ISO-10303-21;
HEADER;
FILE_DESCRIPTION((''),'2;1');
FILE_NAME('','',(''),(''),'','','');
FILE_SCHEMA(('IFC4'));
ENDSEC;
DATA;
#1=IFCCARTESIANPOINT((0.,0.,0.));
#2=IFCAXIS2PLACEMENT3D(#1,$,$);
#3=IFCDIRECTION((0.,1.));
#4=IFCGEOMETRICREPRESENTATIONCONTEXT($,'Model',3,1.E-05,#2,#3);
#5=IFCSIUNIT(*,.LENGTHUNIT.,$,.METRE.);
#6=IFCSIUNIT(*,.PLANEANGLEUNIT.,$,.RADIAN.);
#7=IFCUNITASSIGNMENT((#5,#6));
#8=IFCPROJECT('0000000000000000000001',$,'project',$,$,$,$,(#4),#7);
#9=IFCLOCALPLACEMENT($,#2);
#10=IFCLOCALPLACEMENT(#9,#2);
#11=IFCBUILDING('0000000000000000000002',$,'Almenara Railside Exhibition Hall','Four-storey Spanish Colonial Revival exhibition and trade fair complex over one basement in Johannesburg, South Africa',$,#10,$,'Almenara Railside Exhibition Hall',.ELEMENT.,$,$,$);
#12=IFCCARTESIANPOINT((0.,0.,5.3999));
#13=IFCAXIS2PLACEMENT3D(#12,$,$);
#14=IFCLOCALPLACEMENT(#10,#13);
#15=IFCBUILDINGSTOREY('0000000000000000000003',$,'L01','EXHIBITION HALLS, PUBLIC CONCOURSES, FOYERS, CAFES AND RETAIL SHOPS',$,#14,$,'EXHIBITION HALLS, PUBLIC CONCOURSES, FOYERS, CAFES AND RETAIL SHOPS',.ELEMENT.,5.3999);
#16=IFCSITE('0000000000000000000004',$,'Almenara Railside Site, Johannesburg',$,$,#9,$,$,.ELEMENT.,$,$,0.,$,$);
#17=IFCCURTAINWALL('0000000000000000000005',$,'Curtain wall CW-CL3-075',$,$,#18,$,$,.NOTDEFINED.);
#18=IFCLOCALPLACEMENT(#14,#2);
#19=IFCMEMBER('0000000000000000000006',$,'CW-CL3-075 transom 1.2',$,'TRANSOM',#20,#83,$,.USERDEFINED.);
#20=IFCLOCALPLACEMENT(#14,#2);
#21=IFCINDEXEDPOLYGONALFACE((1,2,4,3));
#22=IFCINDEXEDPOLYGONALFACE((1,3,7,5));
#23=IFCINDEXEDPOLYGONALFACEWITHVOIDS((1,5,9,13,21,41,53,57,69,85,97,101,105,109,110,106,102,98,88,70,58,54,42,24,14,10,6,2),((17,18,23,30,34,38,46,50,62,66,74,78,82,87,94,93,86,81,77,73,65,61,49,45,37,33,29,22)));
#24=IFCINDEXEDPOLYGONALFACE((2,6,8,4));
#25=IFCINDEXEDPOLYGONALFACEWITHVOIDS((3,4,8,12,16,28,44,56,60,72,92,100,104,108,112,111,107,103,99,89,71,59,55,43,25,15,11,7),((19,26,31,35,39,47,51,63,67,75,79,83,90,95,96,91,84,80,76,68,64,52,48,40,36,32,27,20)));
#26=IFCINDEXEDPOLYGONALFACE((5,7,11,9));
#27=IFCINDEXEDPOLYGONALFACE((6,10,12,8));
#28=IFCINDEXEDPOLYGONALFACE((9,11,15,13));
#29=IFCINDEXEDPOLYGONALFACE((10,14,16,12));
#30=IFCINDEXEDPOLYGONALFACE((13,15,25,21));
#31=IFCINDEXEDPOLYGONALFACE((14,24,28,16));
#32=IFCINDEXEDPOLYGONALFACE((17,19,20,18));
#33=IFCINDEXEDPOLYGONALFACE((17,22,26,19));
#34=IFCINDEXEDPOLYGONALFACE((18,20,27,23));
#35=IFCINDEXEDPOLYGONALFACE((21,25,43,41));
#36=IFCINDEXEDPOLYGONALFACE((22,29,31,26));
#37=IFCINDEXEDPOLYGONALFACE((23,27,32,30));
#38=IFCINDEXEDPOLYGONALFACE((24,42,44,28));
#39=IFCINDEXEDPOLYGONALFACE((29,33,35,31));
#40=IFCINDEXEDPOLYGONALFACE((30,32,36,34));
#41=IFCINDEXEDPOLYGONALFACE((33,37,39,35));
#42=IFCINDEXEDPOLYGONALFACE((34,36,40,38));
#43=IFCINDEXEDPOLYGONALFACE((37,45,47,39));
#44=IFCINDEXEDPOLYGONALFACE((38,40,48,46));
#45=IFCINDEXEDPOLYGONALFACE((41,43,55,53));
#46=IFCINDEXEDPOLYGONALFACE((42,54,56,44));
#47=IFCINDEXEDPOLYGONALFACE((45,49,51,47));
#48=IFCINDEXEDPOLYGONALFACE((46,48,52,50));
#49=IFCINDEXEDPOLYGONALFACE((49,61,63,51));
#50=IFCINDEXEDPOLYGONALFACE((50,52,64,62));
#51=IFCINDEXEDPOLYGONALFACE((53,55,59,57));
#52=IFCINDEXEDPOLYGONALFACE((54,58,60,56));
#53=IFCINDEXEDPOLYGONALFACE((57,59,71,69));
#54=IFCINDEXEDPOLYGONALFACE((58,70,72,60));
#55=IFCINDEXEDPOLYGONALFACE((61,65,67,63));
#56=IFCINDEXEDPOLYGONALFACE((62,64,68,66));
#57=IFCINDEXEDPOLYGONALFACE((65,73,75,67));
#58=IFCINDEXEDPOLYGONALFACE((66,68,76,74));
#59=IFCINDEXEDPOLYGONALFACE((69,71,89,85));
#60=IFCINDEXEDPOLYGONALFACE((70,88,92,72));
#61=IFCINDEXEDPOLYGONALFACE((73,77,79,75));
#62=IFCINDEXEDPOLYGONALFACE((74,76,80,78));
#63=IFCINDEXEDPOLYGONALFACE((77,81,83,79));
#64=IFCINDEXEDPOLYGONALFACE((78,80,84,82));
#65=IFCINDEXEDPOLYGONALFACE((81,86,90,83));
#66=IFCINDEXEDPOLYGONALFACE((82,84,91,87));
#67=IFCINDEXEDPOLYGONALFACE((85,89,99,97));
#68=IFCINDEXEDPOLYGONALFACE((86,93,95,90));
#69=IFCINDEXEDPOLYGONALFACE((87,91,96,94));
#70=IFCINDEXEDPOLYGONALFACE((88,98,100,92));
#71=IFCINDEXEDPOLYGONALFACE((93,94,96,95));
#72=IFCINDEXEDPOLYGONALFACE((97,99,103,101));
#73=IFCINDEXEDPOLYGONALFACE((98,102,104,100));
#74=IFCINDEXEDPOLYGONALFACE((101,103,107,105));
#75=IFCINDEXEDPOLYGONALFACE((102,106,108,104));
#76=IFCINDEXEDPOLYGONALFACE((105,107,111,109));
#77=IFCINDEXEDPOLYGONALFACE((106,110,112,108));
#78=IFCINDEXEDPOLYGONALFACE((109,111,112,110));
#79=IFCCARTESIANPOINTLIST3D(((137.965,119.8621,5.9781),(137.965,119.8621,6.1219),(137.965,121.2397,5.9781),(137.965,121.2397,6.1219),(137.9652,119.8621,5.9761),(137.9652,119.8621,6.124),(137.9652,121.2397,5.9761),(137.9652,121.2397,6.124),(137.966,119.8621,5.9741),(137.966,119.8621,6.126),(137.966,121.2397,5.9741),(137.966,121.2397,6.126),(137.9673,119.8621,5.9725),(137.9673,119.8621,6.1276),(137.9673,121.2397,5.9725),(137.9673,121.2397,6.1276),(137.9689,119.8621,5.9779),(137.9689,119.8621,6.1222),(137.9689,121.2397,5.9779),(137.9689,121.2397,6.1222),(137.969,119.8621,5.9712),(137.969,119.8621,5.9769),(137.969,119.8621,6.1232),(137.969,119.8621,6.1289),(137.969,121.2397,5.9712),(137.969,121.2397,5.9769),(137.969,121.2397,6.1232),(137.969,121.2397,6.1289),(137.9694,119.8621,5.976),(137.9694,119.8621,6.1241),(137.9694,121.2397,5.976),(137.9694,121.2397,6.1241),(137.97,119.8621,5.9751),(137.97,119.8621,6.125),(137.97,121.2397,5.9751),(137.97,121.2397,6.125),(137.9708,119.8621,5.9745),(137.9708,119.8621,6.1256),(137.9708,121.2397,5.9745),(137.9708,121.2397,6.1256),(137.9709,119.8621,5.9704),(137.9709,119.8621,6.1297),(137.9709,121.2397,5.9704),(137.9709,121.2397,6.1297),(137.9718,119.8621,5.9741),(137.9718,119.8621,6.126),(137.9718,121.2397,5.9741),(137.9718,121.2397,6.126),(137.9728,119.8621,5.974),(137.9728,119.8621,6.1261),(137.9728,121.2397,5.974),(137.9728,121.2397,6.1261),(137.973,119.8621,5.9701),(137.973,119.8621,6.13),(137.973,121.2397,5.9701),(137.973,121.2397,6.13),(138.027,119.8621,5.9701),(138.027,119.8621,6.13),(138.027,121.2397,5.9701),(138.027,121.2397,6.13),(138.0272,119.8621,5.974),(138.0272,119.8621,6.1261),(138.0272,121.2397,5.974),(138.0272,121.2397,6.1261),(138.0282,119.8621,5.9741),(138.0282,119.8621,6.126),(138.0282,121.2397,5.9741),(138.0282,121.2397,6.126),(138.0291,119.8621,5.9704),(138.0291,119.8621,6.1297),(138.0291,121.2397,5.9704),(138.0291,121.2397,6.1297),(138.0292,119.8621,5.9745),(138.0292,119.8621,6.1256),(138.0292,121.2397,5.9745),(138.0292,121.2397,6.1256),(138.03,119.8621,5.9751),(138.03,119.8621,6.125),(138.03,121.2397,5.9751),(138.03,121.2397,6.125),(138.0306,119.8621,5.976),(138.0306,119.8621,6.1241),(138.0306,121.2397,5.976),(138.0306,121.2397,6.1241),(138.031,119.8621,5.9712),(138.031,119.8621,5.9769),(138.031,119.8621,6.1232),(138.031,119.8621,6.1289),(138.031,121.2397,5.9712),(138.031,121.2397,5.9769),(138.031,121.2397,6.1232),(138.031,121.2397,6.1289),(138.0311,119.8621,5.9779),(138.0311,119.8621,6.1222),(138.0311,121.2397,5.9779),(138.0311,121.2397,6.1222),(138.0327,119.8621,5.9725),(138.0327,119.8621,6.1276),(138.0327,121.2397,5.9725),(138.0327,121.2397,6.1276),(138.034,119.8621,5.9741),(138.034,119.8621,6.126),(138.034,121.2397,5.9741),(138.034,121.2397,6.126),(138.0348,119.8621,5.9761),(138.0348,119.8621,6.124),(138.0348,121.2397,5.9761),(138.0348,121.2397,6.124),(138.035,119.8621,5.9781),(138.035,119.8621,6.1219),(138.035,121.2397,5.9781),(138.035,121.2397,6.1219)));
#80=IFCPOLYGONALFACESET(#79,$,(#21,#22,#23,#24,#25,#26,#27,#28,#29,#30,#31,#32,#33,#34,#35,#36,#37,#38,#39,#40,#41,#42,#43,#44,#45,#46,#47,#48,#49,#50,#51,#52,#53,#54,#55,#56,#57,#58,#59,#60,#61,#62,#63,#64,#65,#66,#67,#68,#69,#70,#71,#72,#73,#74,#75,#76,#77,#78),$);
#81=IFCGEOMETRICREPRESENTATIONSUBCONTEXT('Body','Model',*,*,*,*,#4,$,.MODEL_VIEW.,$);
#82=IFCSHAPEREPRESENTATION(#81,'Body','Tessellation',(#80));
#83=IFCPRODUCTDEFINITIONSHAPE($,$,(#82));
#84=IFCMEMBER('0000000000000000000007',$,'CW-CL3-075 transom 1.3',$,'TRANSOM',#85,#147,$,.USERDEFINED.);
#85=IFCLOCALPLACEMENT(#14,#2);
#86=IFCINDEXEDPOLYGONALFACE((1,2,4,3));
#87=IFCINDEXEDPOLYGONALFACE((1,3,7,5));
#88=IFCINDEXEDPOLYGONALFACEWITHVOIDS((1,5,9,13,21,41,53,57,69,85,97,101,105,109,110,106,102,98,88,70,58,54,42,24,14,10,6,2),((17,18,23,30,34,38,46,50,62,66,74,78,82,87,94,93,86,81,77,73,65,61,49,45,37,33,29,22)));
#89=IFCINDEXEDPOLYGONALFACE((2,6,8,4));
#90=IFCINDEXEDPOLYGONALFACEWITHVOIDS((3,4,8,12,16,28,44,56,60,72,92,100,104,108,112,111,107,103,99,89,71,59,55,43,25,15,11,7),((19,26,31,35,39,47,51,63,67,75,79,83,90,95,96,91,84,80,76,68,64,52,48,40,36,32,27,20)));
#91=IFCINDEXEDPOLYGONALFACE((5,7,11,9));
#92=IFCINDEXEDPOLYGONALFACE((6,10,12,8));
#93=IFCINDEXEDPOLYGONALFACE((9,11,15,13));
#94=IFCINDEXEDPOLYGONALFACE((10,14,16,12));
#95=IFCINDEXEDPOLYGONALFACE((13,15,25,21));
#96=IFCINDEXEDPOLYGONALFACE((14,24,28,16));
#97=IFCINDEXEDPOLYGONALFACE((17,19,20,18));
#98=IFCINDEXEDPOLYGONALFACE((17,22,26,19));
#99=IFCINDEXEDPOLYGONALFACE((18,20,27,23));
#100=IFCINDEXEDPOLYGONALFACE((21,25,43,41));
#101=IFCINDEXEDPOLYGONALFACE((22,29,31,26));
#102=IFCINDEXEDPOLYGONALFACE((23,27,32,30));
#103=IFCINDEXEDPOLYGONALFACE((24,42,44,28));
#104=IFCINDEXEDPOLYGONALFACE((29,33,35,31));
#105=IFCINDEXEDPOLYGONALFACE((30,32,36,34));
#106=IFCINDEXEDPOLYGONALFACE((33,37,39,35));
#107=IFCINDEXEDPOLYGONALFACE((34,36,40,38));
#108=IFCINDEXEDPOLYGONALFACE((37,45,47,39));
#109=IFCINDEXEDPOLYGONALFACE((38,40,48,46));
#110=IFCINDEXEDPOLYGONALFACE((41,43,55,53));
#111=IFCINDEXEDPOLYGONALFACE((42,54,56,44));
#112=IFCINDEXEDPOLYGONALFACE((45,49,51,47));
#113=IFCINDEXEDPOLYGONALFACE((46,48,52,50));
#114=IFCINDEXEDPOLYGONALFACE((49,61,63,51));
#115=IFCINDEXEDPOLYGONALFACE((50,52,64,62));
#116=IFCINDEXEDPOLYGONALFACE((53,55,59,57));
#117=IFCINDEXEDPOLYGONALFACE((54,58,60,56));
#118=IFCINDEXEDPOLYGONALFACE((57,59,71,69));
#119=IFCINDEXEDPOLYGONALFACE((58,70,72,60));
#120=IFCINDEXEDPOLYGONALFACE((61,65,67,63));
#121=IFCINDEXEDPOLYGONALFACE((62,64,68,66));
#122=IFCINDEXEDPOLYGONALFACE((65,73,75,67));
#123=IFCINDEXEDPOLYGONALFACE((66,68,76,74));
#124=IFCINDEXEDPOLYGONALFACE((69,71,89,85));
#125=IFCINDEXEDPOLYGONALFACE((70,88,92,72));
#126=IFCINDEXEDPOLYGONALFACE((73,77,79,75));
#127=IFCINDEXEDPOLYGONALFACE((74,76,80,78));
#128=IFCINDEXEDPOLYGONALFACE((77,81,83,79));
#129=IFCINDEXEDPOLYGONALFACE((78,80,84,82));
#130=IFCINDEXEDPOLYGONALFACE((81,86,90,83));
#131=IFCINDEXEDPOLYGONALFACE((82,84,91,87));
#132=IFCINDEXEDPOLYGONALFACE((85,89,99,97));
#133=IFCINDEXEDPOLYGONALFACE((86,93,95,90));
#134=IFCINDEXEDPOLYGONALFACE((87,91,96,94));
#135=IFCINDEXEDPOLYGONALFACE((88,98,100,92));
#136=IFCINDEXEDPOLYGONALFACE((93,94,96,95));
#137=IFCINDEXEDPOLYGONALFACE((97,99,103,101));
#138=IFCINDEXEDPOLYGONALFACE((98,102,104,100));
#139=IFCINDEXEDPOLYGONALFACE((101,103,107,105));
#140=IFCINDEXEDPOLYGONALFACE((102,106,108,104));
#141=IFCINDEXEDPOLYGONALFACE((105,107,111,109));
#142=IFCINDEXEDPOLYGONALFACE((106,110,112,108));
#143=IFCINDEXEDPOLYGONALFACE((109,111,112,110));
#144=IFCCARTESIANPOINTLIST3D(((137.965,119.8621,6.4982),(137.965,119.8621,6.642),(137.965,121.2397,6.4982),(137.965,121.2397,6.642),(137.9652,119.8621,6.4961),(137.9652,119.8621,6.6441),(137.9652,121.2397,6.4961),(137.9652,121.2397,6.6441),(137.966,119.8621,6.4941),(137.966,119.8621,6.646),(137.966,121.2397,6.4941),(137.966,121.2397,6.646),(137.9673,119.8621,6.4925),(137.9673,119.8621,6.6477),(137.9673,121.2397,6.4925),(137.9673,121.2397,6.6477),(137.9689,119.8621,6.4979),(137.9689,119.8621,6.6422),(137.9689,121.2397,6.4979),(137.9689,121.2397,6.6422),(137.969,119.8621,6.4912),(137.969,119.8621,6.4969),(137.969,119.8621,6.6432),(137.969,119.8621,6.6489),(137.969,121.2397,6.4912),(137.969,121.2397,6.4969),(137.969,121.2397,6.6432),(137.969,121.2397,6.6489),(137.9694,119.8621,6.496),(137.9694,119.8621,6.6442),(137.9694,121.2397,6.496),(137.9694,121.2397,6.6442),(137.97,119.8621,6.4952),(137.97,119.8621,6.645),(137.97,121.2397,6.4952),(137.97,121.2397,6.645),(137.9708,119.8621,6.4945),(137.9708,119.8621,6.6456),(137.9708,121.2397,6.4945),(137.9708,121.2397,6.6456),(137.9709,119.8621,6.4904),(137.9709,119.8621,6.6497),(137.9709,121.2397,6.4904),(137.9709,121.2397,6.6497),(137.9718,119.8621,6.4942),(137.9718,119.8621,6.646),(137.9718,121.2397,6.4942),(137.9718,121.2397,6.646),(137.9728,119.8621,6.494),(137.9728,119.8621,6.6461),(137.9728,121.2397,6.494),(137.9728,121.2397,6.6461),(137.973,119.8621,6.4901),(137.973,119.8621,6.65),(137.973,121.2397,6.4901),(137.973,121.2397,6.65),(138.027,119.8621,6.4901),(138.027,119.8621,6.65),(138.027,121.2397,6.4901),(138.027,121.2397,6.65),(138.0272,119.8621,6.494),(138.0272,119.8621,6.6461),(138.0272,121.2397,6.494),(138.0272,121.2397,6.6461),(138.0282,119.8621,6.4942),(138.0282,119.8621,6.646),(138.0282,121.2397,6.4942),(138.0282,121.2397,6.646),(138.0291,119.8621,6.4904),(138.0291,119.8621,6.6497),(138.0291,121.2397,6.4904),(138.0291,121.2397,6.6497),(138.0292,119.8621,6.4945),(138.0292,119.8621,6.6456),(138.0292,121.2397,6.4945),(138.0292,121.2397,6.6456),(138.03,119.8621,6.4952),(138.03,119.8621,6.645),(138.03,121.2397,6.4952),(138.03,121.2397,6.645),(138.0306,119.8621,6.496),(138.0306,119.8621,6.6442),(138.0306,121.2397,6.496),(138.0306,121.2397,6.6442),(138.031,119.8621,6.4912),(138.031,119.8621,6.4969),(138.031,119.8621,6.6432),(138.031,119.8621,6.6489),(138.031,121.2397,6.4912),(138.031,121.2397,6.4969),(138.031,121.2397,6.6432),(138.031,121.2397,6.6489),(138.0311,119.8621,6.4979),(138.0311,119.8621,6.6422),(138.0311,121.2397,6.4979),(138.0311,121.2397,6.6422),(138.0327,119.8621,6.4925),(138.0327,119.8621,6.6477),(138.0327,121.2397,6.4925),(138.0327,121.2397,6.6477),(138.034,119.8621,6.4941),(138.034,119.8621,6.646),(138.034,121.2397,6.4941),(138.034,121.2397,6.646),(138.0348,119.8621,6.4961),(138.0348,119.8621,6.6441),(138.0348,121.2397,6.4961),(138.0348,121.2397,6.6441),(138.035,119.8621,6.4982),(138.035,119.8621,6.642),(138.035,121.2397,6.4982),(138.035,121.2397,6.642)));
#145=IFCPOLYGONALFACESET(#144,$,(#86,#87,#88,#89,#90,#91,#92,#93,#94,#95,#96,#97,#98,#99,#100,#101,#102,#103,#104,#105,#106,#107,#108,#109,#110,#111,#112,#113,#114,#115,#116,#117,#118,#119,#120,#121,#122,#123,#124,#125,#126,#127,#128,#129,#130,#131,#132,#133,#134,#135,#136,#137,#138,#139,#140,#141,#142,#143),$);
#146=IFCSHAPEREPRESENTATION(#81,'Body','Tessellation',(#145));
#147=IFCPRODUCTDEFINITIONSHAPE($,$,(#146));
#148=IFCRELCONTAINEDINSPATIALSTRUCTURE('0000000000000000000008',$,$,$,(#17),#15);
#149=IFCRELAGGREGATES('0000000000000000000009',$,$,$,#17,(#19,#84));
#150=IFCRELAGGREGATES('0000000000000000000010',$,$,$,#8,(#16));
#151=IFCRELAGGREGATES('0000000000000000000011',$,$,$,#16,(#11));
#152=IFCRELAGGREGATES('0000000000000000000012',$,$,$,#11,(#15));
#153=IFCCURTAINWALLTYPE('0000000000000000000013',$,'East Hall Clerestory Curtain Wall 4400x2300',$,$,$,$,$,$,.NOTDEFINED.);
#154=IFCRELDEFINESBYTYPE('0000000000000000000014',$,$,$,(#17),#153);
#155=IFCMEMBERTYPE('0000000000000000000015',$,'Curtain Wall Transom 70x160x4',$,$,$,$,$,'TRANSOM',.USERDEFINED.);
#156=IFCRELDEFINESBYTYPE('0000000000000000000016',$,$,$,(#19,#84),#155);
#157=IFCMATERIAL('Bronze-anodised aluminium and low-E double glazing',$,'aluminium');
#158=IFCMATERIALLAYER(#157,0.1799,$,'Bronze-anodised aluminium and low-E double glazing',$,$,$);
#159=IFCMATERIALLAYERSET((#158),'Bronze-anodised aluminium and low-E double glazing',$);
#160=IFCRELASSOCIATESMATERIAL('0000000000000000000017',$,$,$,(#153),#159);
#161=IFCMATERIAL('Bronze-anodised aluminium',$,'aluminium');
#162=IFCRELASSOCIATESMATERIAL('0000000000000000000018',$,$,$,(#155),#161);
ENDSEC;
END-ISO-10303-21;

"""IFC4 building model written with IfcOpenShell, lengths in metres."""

from ifc_helpers import new_model, si_unit, direction, frame, origin, origin_2d, place, context, subcontext, project, spatial, hollow_rectangle, extrude, material, layer, layer_set, material_profile, profile_set, type_object, element, aggregate, save


model = new_model("IFC4")

# Units and contexts
model_context = context("Model", 3, precision=1e-05, world=origin(), true_north=direction((0.0, 1.0)))
body_context = subcontext(model_context, "Body", "Model", "MODEL_VIEW")
ifc_project = project(units=[si_unit("LENGTHUNIT", "METRE"), si_unit("PLANEANGLEUNIT", "RADIAN")], contexts=[model_context])

# Site, building, storey
site_placement = place(None, origin())
site = spatial("IfcSite", under=ifc_project, at=site_placement, Name="Almenara Railside Site, Johannesburg", CompositionType="ELEMENT", RefElevation=0.0)
building_placement = place(site_placement, origin())
building = spatial("IfcBuilding", under=site, at=building_placement, Name="Almenara Railside Exhibition Hall", Description="Four-storey Spanish Colonial Revival exhibition and trade fair complex over one basement in Johannesburg, South Africa", LongName="Almenara Railside Exhibition Hall", CompositionType="ELEMENT")
storey_placement = place(building_placement, frame((0.0, 0.0, 5.3999)))
storey = spatial("IfcBuildingStorey", under=building, at=storey_placement, Name="L01", Description="EXHIBITION HALLS, PUBLIC CONCOURSES, FOYERS, CAFES AND RETAIL SHOPS", LongName="EXHIBITION HALLS, PUBLIC CONCOURSES, FOYERS, CAFES AND RETAIL SHOPS", CompositionType="ELEMENT", Elevation=5.3999)

# Shared definitions
ifc_material_1 = material(Name="Bronze-anodised aluminium and low-E double glazing", Category="aluminium")
ifc_layer_1 = layer(ifc_material_1, 0.1799, Name="Bronze-anodised aluminium and low-E double glazing")
ifc_layer_set_1 = layer_set([ifc_layer_1], Name="Bronze-anodised aluminium and low-E double glazing")
curtain_wall_type = type_object("IfcCurtainWallType", Name="East Hall Clerestory Curtain Wall 4400x2300", PredefinedType="NOTDEFINED", material=ifc_layer_set_1)
ifc_material_2 = material(Name="Bronze-anodised aluminium", Category="aluminium")

# Curtain wall
curtain_wall_1_placement = place(storey_placement, origin())
curtain_wall_1 = element("IfcCurtainWall", 1, at=curtain_wall_1_placement, inside=storey, type_object=curtain_wall_type, Name="Curtain wall CW-CL3-075", PredefinedType="NOTDEFINED")

# Members
ifc_material_profile_1 = material_profile(ifc_material_2, hollow_rectangle(XDim=0.0701, YDim=0.1599, WallThickness=0.0039, InnerFilletRadius=0.0039, OuterFilletRadius=0.0081, at=origin_2d()), Name="ALU-TRN 70x160x4")
ifc_profile_set_1 = profile_set([ifc_material_profile_1], Name="Bronze-anodised aluminium")
member_type_1 = type_object("IfcMemberType", Name="Curtain Wall Transom 70x160x4", ElementType="TRANSOM", PredefinedType="USERDEFINED", material=ifc_profile_set_1)
member_1_placement = place(storey_placement, frame((138.0, 119.8621, 6.05), z_axis=(0.0, 1.0, 0.0), x_axis=(-1.0, 0.0, 0.0)))
member_1 = element("IfcMember", 2, at=member_1_placement, type_object=member_type_1, Name="CW-CL3-075 transom 1.2", ObjectType="TRANSOM", PredefinedType="USERDEFINED", context=body_context, shape_type="SweptSolid", body=[
    extrude(hollow_rectangle(XDim=0.0701, YDim=0.1599, WallThickness=0.0039, InnerFilletRadius=0.0039, OuterFilletRadius=0.0081, at=origin_2d()), origin(), (0.0, 0.0, 1.0), 1.3777),
])
member_2_placement = place(storey_placement, frame((138.0, 119.8621, 6.5701), z_axis=(0.0, 1.0, 0.0), x_axis=(-1.0, 0.0, 0.0)))
member_2 = element("IfcMember", 3, at=member_2_placement, type_object=member_type_1, Name="CW-CL3-075 transom 1.3", ObjectType="TRANSOM", PredefinedType="USERDEFINED", context=body_context, shape_type="SweptSolid", body=[
    extrude(hollow_rectangle(XDim=0.0701, YDim=0.1599, WallThickness=0.0039, InnerFilletRadius=0.0039, OuterFilletRadius=0.0081, at=origin_2d()), origin(), (0.0, 0.0, 1.0), 1.3777),
])

aggregate(curtain_wall_1, [member_1, member_2])

save(model, "model.ifc")
